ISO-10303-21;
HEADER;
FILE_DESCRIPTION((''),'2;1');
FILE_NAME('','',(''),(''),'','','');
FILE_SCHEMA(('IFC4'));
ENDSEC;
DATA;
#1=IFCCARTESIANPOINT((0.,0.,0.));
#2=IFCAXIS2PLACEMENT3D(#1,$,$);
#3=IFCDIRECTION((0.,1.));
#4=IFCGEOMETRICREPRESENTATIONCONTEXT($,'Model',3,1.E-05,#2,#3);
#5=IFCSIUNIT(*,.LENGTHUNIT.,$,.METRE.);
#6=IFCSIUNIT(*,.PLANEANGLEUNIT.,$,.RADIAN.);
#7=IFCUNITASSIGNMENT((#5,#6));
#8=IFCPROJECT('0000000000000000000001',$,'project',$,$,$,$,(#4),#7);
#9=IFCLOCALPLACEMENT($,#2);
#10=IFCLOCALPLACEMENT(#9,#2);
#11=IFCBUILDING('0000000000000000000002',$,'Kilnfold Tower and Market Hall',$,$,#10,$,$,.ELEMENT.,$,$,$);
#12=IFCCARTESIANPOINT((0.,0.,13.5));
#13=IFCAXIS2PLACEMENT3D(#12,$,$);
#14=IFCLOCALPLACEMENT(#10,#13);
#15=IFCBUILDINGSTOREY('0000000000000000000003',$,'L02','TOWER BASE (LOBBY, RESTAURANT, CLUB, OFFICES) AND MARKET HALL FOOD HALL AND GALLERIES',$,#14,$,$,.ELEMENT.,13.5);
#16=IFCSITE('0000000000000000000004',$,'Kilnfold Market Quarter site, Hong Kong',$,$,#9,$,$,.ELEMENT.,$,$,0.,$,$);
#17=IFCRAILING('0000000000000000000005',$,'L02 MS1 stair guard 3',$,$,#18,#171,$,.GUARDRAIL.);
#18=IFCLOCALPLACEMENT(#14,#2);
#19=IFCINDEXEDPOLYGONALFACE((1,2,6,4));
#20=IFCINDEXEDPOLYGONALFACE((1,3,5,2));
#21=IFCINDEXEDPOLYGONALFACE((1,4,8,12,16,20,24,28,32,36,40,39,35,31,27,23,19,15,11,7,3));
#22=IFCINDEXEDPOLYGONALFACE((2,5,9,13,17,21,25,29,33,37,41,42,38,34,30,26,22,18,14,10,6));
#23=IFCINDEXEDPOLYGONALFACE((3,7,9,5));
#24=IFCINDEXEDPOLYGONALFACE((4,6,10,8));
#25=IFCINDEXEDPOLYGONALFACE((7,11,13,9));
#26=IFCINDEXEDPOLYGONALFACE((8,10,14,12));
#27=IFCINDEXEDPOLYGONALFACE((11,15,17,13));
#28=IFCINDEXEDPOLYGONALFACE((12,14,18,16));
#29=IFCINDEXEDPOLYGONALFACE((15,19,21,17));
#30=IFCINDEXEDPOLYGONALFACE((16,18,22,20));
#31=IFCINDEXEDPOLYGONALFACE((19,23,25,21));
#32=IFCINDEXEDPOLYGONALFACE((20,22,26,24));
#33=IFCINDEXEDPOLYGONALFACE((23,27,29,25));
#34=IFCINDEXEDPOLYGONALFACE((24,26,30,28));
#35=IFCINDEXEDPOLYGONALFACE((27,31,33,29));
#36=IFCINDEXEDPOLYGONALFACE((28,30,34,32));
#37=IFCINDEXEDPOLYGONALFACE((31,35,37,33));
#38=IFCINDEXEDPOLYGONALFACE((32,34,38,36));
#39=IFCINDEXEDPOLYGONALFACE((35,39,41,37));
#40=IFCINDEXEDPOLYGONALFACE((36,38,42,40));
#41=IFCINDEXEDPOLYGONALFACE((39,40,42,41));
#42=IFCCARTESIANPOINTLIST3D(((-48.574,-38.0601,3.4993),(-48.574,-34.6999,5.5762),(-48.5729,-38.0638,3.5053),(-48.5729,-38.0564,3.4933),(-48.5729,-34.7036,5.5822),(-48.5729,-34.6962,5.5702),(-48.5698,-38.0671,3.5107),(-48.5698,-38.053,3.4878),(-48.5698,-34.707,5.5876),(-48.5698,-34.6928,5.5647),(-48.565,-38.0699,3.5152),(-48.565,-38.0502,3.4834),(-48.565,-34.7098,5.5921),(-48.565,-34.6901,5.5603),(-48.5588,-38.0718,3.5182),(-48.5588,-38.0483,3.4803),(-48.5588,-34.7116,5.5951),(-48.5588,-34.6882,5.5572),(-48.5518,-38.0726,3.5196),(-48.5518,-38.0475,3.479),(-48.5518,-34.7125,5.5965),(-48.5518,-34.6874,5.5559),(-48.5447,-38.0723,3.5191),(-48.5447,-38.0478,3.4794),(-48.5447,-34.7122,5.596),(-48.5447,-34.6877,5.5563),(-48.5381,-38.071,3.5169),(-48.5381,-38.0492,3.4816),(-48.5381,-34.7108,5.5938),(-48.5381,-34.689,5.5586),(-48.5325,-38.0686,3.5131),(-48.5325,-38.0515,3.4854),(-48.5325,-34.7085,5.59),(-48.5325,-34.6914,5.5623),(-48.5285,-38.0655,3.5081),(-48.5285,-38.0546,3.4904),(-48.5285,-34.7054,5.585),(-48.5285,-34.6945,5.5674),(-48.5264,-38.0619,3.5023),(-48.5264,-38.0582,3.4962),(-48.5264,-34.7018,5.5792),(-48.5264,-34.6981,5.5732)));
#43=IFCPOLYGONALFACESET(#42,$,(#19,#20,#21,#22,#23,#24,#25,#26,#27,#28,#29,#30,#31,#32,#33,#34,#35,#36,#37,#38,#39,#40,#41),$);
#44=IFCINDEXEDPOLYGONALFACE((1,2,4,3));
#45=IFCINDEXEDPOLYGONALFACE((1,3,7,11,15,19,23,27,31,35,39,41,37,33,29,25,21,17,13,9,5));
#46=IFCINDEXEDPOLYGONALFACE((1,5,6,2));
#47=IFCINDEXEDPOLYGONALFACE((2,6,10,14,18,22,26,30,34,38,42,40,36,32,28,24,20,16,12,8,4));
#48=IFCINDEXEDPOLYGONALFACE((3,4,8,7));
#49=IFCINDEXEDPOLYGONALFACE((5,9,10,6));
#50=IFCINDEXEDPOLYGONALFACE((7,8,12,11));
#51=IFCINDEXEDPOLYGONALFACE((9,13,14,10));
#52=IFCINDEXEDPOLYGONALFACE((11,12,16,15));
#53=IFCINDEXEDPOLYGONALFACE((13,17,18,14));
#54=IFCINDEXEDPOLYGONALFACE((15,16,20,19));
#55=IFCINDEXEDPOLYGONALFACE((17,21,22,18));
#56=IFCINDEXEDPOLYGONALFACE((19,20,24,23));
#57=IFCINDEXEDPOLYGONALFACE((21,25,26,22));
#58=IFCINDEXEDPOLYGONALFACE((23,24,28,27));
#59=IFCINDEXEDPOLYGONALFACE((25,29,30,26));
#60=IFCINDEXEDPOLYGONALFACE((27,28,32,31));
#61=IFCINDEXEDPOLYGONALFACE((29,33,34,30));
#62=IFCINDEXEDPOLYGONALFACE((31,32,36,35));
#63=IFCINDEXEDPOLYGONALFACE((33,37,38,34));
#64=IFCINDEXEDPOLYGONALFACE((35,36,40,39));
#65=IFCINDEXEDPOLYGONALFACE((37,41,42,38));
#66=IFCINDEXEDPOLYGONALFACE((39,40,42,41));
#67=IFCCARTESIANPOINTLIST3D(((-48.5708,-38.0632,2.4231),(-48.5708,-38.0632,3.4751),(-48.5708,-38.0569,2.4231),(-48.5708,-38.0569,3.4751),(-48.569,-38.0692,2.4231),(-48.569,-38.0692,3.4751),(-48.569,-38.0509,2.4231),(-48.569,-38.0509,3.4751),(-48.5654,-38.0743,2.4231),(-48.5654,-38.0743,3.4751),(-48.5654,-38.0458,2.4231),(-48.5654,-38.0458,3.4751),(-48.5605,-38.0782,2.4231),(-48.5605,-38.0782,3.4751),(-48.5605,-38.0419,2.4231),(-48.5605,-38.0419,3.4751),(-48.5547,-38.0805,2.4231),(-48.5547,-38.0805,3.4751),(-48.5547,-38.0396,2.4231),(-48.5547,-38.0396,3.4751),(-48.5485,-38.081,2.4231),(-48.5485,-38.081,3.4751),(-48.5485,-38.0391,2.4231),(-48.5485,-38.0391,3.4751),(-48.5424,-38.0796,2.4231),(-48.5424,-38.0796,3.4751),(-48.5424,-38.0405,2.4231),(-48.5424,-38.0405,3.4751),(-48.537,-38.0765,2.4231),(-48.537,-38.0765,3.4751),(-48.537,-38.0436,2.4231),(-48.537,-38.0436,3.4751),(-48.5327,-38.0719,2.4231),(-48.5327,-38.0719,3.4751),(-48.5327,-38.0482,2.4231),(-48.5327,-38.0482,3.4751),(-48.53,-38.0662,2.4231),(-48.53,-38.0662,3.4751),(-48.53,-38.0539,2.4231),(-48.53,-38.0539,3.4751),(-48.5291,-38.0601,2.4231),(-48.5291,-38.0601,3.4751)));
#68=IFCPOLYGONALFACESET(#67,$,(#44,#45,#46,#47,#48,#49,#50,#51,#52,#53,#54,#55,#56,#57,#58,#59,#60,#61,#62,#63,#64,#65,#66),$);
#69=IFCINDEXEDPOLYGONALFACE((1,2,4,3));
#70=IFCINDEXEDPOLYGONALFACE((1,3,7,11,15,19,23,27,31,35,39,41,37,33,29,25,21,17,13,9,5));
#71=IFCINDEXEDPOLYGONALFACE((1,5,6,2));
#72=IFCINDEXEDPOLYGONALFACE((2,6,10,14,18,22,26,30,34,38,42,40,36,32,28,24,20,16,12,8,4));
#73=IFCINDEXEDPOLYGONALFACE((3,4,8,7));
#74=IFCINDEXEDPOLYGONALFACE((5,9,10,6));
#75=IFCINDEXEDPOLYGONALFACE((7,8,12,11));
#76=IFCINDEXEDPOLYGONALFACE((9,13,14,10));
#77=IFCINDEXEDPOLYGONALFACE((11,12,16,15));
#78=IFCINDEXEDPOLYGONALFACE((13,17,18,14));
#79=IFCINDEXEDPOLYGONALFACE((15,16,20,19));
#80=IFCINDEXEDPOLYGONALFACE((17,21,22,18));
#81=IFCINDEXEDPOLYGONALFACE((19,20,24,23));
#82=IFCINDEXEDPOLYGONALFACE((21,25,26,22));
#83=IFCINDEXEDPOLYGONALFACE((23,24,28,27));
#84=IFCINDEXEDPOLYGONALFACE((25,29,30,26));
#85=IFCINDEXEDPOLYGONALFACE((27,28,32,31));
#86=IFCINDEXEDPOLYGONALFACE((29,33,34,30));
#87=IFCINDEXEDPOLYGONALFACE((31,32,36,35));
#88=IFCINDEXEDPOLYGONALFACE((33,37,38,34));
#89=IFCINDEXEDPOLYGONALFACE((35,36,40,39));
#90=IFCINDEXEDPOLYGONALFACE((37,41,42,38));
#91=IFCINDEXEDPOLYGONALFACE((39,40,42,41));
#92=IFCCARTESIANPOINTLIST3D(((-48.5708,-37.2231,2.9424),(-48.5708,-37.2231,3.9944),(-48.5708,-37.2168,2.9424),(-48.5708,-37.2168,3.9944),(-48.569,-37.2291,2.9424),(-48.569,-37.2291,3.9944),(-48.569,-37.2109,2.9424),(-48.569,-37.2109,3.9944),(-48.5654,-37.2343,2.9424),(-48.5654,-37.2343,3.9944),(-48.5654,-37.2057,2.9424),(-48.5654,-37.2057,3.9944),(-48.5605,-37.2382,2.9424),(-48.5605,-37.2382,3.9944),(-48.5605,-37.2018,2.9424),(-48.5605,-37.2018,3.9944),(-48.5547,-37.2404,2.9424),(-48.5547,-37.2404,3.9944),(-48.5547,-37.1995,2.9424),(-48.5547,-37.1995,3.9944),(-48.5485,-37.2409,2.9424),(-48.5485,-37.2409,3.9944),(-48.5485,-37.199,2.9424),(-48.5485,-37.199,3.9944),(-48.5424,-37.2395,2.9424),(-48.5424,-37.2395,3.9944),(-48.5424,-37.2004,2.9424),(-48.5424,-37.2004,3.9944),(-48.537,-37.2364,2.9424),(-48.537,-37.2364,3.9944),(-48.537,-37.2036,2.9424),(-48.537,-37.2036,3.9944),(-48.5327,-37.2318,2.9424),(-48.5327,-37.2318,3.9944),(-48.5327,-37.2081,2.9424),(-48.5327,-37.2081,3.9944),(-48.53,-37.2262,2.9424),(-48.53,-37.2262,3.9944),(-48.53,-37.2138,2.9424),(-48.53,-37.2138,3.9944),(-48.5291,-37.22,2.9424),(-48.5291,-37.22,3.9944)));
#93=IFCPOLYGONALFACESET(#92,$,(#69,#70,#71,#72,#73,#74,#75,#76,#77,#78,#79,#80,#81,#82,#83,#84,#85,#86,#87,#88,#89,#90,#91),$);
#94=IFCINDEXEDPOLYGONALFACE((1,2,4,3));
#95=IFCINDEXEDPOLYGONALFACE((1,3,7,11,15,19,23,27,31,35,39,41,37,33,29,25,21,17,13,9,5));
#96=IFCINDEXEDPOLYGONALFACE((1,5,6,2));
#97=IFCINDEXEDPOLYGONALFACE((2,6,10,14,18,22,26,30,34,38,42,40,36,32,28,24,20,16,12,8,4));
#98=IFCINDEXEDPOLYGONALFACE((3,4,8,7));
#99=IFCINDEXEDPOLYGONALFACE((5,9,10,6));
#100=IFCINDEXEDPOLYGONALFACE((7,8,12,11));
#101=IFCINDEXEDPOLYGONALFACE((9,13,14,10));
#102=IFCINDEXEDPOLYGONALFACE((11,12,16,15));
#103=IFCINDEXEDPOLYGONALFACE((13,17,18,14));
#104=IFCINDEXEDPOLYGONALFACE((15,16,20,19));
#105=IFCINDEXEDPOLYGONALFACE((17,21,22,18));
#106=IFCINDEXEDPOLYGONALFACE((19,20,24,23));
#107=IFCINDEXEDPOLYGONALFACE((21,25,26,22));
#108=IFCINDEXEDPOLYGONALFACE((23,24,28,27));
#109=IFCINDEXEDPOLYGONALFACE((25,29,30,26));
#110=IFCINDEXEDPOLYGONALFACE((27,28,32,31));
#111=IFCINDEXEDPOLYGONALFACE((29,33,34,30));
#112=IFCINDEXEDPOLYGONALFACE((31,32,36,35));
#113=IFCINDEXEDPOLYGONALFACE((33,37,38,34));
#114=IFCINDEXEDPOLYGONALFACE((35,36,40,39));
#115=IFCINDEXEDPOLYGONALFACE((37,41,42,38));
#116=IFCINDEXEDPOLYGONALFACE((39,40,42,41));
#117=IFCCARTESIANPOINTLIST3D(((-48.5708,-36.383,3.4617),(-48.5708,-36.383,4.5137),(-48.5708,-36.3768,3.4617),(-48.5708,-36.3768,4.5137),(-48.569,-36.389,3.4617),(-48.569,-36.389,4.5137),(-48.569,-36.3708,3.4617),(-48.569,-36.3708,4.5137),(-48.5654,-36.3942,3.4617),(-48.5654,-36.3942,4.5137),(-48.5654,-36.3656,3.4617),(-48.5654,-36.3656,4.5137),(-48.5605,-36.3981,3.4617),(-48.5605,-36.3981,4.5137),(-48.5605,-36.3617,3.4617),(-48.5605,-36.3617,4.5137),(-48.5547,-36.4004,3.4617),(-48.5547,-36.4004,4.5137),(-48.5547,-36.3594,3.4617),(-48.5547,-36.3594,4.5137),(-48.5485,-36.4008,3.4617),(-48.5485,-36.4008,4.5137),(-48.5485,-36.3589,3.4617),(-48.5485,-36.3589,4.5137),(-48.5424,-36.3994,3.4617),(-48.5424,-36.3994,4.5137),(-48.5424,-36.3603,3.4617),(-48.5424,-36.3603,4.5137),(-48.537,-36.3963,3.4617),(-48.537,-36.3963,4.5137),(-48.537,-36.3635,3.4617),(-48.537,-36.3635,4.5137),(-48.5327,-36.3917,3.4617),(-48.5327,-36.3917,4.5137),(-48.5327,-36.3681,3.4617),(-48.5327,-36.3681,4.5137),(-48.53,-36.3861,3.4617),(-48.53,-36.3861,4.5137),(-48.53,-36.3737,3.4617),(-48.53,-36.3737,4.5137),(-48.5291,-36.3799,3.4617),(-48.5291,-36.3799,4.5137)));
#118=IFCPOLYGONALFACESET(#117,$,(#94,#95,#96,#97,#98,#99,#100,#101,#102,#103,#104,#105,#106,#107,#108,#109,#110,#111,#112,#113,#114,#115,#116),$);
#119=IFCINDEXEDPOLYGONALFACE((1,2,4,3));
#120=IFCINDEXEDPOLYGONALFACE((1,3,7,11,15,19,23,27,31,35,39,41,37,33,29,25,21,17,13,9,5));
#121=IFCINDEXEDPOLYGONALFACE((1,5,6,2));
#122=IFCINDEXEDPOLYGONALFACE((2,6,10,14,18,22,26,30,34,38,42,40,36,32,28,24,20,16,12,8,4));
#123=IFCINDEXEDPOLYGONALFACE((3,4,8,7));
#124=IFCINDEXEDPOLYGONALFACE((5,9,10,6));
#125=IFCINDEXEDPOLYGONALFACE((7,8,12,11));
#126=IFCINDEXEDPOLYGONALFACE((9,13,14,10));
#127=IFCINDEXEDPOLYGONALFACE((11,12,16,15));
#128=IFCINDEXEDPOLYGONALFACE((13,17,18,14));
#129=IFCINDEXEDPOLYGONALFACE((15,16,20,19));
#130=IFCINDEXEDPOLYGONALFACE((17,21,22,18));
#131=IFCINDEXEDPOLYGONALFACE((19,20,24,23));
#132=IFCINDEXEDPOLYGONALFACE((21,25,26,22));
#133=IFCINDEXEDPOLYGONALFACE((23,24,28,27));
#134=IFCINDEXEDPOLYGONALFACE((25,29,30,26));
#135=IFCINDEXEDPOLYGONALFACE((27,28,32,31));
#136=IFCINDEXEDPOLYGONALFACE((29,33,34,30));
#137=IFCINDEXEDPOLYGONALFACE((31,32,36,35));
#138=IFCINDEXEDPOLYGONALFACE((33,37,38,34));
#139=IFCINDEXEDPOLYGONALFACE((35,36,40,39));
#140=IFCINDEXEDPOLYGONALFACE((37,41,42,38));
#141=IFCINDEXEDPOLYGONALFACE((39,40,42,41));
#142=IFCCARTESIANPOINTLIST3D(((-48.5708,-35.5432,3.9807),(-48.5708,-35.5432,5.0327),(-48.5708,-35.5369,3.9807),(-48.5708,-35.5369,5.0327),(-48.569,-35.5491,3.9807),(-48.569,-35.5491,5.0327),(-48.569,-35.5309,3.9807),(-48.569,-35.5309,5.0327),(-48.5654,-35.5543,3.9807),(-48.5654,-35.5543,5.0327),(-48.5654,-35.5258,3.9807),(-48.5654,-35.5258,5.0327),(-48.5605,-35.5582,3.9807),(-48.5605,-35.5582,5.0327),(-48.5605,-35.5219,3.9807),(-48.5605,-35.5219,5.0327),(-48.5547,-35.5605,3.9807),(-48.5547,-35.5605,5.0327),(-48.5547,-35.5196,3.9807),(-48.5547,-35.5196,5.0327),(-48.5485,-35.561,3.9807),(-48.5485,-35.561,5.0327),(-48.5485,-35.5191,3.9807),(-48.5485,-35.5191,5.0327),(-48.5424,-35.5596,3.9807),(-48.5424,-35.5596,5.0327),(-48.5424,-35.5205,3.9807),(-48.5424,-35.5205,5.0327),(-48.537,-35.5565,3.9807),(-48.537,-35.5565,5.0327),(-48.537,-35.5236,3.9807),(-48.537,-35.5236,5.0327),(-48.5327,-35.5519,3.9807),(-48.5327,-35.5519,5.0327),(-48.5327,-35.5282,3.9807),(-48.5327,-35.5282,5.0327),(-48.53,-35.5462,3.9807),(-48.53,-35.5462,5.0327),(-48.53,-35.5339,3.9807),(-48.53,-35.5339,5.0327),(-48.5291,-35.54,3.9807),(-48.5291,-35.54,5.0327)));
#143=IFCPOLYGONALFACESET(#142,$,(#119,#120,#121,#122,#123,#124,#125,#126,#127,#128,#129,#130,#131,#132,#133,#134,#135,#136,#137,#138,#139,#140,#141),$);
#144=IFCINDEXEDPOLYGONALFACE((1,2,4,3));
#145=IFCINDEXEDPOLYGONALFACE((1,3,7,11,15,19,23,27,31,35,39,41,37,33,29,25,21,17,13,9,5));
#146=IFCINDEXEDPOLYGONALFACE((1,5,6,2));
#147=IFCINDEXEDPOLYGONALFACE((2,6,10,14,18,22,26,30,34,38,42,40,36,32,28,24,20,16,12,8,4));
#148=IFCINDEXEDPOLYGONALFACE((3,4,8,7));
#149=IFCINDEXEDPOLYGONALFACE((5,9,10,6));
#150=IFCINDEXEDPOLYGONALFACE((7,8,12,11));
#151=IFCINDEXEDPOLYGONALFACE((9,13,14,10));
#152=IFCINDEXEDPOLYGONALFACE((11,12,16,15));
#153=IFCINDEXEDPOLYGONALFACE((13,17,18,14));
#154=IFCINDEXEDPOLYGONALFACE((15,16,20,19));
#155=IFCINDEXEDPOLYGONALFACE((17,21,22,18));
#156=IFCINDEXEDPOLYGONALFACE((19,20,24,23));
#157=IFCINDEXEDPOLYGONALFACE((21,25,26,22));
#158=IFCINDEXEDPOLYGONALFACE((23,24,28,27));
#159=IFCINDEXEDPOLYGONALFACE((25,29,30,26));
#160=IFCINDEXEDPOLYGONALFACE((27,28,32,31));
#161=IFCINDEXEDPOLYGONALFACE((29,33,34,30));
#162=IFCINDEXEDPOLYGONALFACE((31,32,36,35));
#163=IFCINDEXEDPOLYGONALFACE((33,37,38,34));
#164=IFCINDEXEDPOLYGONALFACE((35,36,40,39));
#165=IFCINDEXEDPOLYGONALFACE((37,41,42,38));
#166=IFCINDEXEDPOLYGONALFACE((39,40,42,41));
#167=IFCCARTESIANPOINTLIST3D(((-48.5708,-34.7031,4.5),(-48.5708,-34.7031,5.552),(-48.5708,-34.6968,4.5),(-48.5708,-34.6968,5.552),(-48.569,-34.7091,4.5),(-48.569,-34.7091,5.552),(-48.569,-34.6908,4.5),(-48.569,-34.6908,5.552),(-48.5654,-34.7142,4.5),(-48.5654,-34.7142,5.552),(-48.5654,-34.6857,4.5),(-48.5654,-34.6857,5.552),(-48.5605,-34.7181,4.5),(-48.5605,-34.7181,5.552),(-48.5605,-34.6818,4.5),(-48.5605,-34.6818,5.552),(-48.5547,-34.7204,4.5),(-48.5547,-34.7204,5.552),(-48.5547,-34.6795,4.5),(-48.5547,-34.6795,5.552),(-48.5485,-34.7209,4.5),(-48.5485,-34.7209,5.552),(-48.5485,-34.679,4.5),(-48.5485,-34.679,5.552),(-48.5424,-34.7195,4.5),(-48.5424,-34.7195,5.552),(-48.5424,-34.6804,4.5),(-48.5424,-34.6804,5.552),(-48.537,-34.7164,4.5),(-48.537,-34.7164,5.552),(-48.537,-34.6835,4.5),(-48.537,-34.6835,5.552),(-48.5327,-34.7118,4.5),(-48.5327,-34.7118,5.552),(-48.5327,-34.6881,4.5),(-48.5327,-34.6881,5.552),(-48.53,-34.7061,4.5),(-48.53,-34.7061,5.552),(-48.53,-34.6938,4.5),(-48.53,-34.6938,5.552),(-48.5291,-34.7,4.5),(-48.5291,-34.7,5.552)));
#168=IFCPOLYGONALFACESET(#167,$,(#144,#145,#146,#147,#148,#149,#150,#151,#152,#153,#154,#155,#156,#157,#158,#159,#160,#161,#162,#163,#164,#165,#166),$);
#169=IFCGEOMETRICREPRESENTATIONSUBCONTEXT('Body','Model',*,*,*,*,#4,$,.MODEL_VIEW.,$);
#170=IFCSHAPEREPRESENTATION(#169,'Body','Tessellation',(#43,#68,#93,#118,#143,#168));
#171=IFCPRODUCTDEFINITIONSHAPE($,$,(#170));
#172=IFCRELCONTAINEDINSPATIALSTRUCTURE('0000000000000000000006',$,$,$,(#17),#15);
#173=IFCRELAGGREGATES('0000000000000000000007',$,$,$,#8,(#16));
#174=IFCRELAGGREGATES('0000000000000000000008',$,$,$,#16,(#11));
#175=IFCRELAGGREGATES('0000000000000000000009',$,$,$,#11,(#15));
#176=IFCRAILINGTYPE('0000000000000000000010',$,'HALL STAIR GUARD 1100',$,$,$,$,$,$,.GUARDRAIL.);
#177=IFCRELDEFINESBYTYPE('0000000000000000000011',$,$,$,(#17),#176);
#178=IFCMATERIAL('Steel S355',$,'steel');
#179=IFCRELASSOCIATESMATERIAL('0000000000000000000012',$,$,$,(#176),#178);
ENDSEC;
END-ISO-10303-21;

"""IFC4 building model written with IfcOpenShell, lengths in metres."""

from ifc_helpers import new_model, si_unit, direction, frame, origin, origin_2d, place, context, subcontext, project, spatial, circle, extrude, material, type_object, element, save


model = new_model("IFC4")

# Units and contexts
model_context = context("Model", 3, precision=1e-05, world=origin(), true_north=direction((0.0, 1.0)))
body_context = subcontext(model_context, "Body", "Model", "MODEL_VIEW")
ifc_project = project(units=[si_unit("LENGTHUNIT", "METRE"), si_unit("PLANEANGLEUNIT", "RADIAN")], contexts=[model_context])

# Site, building, storey
site_placement = place(None, origin())
site = spatial("IfcSite", under=ifc_project, at=site_placement, Name="Kilnfold Market Quarter site, Hong Kong", CompositionType="ELEMENT", RefElevation=0.0)
building_placement = place(site_placement, origin())
building = spatial("IfcBuilding", under=site, at=building_placement, Name="Kilnfold Tower and Market Hall", CompositionType="ELEMENT")
storey_placement = place(building_placement, frame((0.0, 0.0, 13.5)))
storey = spatial("IfcBuildingStorey", under=building, at=storey_placement, Name="L02", Description="TOWER BASE (LOBBY, RESTAURANT, CLUB, OFFICES) AND MARKET HALL FOOD HALL AND GALLERIES", CompositionType="ELEMENT", Elevation=13.5)

# Railing
ifc_material_1 = material(Name="Steel S355", Category="steel")
railing_type_1 = type_object("IfcRailingType", Name="HALL STAIR GUARD 1100", PredefinedType="GUARDRAIL", material=ifc_material_1)
railing_1_placement = place(storey_placement, frame((-48.55, -38.0601, 2.4231)))
element("IfcRailing", 1, at=railing_1_placement, inside=storey, type_object=railing_type_1, Name="L02 MS1 stair guard 3", PredefinedType="GUARDRAIL", context=body_context, shape_type="SweptSolid", body=[
    extrude(circle(Radius=0.0239, at=origin_2d()), frame((0.0, 0.0, 1.0762), z_axis=(0.0, 0.850623, 0.525776), x_axis=(-1.0, 0.0, 0.0)), (0.0, 0.0, 1.0), 3.9502),
    extrude(circle(Radius=0.021, at=origin_2d()), origin(), (0.0, 0.0, 1.0), 1.052),
    extrude(circle(Radius=0.021, at=origin_2d()), frame((0.0, 0.8401, 0.5193)), (0.0, 0.0, 1.0), 1.052),
    extrude(circle(Radius=0.021, at=origin_2d()), frame((0.0, 1.6802, 1.0386)), (0.0, 0.0, 1.0), 1.052),
    extrude(circle(Radius=0.021, at=origin_2d()), frame((0.0, 2.52, 1.5576)), (0.0, 0.0, 1.0), 1.052),
    extrude(circle(Radius=0.021, at=origin_2d()), frame((0.0, 3.3601, 2.0769)), (0.0, 0.0, 1.0), 1.052),
])

save(model, "model.ifc")
